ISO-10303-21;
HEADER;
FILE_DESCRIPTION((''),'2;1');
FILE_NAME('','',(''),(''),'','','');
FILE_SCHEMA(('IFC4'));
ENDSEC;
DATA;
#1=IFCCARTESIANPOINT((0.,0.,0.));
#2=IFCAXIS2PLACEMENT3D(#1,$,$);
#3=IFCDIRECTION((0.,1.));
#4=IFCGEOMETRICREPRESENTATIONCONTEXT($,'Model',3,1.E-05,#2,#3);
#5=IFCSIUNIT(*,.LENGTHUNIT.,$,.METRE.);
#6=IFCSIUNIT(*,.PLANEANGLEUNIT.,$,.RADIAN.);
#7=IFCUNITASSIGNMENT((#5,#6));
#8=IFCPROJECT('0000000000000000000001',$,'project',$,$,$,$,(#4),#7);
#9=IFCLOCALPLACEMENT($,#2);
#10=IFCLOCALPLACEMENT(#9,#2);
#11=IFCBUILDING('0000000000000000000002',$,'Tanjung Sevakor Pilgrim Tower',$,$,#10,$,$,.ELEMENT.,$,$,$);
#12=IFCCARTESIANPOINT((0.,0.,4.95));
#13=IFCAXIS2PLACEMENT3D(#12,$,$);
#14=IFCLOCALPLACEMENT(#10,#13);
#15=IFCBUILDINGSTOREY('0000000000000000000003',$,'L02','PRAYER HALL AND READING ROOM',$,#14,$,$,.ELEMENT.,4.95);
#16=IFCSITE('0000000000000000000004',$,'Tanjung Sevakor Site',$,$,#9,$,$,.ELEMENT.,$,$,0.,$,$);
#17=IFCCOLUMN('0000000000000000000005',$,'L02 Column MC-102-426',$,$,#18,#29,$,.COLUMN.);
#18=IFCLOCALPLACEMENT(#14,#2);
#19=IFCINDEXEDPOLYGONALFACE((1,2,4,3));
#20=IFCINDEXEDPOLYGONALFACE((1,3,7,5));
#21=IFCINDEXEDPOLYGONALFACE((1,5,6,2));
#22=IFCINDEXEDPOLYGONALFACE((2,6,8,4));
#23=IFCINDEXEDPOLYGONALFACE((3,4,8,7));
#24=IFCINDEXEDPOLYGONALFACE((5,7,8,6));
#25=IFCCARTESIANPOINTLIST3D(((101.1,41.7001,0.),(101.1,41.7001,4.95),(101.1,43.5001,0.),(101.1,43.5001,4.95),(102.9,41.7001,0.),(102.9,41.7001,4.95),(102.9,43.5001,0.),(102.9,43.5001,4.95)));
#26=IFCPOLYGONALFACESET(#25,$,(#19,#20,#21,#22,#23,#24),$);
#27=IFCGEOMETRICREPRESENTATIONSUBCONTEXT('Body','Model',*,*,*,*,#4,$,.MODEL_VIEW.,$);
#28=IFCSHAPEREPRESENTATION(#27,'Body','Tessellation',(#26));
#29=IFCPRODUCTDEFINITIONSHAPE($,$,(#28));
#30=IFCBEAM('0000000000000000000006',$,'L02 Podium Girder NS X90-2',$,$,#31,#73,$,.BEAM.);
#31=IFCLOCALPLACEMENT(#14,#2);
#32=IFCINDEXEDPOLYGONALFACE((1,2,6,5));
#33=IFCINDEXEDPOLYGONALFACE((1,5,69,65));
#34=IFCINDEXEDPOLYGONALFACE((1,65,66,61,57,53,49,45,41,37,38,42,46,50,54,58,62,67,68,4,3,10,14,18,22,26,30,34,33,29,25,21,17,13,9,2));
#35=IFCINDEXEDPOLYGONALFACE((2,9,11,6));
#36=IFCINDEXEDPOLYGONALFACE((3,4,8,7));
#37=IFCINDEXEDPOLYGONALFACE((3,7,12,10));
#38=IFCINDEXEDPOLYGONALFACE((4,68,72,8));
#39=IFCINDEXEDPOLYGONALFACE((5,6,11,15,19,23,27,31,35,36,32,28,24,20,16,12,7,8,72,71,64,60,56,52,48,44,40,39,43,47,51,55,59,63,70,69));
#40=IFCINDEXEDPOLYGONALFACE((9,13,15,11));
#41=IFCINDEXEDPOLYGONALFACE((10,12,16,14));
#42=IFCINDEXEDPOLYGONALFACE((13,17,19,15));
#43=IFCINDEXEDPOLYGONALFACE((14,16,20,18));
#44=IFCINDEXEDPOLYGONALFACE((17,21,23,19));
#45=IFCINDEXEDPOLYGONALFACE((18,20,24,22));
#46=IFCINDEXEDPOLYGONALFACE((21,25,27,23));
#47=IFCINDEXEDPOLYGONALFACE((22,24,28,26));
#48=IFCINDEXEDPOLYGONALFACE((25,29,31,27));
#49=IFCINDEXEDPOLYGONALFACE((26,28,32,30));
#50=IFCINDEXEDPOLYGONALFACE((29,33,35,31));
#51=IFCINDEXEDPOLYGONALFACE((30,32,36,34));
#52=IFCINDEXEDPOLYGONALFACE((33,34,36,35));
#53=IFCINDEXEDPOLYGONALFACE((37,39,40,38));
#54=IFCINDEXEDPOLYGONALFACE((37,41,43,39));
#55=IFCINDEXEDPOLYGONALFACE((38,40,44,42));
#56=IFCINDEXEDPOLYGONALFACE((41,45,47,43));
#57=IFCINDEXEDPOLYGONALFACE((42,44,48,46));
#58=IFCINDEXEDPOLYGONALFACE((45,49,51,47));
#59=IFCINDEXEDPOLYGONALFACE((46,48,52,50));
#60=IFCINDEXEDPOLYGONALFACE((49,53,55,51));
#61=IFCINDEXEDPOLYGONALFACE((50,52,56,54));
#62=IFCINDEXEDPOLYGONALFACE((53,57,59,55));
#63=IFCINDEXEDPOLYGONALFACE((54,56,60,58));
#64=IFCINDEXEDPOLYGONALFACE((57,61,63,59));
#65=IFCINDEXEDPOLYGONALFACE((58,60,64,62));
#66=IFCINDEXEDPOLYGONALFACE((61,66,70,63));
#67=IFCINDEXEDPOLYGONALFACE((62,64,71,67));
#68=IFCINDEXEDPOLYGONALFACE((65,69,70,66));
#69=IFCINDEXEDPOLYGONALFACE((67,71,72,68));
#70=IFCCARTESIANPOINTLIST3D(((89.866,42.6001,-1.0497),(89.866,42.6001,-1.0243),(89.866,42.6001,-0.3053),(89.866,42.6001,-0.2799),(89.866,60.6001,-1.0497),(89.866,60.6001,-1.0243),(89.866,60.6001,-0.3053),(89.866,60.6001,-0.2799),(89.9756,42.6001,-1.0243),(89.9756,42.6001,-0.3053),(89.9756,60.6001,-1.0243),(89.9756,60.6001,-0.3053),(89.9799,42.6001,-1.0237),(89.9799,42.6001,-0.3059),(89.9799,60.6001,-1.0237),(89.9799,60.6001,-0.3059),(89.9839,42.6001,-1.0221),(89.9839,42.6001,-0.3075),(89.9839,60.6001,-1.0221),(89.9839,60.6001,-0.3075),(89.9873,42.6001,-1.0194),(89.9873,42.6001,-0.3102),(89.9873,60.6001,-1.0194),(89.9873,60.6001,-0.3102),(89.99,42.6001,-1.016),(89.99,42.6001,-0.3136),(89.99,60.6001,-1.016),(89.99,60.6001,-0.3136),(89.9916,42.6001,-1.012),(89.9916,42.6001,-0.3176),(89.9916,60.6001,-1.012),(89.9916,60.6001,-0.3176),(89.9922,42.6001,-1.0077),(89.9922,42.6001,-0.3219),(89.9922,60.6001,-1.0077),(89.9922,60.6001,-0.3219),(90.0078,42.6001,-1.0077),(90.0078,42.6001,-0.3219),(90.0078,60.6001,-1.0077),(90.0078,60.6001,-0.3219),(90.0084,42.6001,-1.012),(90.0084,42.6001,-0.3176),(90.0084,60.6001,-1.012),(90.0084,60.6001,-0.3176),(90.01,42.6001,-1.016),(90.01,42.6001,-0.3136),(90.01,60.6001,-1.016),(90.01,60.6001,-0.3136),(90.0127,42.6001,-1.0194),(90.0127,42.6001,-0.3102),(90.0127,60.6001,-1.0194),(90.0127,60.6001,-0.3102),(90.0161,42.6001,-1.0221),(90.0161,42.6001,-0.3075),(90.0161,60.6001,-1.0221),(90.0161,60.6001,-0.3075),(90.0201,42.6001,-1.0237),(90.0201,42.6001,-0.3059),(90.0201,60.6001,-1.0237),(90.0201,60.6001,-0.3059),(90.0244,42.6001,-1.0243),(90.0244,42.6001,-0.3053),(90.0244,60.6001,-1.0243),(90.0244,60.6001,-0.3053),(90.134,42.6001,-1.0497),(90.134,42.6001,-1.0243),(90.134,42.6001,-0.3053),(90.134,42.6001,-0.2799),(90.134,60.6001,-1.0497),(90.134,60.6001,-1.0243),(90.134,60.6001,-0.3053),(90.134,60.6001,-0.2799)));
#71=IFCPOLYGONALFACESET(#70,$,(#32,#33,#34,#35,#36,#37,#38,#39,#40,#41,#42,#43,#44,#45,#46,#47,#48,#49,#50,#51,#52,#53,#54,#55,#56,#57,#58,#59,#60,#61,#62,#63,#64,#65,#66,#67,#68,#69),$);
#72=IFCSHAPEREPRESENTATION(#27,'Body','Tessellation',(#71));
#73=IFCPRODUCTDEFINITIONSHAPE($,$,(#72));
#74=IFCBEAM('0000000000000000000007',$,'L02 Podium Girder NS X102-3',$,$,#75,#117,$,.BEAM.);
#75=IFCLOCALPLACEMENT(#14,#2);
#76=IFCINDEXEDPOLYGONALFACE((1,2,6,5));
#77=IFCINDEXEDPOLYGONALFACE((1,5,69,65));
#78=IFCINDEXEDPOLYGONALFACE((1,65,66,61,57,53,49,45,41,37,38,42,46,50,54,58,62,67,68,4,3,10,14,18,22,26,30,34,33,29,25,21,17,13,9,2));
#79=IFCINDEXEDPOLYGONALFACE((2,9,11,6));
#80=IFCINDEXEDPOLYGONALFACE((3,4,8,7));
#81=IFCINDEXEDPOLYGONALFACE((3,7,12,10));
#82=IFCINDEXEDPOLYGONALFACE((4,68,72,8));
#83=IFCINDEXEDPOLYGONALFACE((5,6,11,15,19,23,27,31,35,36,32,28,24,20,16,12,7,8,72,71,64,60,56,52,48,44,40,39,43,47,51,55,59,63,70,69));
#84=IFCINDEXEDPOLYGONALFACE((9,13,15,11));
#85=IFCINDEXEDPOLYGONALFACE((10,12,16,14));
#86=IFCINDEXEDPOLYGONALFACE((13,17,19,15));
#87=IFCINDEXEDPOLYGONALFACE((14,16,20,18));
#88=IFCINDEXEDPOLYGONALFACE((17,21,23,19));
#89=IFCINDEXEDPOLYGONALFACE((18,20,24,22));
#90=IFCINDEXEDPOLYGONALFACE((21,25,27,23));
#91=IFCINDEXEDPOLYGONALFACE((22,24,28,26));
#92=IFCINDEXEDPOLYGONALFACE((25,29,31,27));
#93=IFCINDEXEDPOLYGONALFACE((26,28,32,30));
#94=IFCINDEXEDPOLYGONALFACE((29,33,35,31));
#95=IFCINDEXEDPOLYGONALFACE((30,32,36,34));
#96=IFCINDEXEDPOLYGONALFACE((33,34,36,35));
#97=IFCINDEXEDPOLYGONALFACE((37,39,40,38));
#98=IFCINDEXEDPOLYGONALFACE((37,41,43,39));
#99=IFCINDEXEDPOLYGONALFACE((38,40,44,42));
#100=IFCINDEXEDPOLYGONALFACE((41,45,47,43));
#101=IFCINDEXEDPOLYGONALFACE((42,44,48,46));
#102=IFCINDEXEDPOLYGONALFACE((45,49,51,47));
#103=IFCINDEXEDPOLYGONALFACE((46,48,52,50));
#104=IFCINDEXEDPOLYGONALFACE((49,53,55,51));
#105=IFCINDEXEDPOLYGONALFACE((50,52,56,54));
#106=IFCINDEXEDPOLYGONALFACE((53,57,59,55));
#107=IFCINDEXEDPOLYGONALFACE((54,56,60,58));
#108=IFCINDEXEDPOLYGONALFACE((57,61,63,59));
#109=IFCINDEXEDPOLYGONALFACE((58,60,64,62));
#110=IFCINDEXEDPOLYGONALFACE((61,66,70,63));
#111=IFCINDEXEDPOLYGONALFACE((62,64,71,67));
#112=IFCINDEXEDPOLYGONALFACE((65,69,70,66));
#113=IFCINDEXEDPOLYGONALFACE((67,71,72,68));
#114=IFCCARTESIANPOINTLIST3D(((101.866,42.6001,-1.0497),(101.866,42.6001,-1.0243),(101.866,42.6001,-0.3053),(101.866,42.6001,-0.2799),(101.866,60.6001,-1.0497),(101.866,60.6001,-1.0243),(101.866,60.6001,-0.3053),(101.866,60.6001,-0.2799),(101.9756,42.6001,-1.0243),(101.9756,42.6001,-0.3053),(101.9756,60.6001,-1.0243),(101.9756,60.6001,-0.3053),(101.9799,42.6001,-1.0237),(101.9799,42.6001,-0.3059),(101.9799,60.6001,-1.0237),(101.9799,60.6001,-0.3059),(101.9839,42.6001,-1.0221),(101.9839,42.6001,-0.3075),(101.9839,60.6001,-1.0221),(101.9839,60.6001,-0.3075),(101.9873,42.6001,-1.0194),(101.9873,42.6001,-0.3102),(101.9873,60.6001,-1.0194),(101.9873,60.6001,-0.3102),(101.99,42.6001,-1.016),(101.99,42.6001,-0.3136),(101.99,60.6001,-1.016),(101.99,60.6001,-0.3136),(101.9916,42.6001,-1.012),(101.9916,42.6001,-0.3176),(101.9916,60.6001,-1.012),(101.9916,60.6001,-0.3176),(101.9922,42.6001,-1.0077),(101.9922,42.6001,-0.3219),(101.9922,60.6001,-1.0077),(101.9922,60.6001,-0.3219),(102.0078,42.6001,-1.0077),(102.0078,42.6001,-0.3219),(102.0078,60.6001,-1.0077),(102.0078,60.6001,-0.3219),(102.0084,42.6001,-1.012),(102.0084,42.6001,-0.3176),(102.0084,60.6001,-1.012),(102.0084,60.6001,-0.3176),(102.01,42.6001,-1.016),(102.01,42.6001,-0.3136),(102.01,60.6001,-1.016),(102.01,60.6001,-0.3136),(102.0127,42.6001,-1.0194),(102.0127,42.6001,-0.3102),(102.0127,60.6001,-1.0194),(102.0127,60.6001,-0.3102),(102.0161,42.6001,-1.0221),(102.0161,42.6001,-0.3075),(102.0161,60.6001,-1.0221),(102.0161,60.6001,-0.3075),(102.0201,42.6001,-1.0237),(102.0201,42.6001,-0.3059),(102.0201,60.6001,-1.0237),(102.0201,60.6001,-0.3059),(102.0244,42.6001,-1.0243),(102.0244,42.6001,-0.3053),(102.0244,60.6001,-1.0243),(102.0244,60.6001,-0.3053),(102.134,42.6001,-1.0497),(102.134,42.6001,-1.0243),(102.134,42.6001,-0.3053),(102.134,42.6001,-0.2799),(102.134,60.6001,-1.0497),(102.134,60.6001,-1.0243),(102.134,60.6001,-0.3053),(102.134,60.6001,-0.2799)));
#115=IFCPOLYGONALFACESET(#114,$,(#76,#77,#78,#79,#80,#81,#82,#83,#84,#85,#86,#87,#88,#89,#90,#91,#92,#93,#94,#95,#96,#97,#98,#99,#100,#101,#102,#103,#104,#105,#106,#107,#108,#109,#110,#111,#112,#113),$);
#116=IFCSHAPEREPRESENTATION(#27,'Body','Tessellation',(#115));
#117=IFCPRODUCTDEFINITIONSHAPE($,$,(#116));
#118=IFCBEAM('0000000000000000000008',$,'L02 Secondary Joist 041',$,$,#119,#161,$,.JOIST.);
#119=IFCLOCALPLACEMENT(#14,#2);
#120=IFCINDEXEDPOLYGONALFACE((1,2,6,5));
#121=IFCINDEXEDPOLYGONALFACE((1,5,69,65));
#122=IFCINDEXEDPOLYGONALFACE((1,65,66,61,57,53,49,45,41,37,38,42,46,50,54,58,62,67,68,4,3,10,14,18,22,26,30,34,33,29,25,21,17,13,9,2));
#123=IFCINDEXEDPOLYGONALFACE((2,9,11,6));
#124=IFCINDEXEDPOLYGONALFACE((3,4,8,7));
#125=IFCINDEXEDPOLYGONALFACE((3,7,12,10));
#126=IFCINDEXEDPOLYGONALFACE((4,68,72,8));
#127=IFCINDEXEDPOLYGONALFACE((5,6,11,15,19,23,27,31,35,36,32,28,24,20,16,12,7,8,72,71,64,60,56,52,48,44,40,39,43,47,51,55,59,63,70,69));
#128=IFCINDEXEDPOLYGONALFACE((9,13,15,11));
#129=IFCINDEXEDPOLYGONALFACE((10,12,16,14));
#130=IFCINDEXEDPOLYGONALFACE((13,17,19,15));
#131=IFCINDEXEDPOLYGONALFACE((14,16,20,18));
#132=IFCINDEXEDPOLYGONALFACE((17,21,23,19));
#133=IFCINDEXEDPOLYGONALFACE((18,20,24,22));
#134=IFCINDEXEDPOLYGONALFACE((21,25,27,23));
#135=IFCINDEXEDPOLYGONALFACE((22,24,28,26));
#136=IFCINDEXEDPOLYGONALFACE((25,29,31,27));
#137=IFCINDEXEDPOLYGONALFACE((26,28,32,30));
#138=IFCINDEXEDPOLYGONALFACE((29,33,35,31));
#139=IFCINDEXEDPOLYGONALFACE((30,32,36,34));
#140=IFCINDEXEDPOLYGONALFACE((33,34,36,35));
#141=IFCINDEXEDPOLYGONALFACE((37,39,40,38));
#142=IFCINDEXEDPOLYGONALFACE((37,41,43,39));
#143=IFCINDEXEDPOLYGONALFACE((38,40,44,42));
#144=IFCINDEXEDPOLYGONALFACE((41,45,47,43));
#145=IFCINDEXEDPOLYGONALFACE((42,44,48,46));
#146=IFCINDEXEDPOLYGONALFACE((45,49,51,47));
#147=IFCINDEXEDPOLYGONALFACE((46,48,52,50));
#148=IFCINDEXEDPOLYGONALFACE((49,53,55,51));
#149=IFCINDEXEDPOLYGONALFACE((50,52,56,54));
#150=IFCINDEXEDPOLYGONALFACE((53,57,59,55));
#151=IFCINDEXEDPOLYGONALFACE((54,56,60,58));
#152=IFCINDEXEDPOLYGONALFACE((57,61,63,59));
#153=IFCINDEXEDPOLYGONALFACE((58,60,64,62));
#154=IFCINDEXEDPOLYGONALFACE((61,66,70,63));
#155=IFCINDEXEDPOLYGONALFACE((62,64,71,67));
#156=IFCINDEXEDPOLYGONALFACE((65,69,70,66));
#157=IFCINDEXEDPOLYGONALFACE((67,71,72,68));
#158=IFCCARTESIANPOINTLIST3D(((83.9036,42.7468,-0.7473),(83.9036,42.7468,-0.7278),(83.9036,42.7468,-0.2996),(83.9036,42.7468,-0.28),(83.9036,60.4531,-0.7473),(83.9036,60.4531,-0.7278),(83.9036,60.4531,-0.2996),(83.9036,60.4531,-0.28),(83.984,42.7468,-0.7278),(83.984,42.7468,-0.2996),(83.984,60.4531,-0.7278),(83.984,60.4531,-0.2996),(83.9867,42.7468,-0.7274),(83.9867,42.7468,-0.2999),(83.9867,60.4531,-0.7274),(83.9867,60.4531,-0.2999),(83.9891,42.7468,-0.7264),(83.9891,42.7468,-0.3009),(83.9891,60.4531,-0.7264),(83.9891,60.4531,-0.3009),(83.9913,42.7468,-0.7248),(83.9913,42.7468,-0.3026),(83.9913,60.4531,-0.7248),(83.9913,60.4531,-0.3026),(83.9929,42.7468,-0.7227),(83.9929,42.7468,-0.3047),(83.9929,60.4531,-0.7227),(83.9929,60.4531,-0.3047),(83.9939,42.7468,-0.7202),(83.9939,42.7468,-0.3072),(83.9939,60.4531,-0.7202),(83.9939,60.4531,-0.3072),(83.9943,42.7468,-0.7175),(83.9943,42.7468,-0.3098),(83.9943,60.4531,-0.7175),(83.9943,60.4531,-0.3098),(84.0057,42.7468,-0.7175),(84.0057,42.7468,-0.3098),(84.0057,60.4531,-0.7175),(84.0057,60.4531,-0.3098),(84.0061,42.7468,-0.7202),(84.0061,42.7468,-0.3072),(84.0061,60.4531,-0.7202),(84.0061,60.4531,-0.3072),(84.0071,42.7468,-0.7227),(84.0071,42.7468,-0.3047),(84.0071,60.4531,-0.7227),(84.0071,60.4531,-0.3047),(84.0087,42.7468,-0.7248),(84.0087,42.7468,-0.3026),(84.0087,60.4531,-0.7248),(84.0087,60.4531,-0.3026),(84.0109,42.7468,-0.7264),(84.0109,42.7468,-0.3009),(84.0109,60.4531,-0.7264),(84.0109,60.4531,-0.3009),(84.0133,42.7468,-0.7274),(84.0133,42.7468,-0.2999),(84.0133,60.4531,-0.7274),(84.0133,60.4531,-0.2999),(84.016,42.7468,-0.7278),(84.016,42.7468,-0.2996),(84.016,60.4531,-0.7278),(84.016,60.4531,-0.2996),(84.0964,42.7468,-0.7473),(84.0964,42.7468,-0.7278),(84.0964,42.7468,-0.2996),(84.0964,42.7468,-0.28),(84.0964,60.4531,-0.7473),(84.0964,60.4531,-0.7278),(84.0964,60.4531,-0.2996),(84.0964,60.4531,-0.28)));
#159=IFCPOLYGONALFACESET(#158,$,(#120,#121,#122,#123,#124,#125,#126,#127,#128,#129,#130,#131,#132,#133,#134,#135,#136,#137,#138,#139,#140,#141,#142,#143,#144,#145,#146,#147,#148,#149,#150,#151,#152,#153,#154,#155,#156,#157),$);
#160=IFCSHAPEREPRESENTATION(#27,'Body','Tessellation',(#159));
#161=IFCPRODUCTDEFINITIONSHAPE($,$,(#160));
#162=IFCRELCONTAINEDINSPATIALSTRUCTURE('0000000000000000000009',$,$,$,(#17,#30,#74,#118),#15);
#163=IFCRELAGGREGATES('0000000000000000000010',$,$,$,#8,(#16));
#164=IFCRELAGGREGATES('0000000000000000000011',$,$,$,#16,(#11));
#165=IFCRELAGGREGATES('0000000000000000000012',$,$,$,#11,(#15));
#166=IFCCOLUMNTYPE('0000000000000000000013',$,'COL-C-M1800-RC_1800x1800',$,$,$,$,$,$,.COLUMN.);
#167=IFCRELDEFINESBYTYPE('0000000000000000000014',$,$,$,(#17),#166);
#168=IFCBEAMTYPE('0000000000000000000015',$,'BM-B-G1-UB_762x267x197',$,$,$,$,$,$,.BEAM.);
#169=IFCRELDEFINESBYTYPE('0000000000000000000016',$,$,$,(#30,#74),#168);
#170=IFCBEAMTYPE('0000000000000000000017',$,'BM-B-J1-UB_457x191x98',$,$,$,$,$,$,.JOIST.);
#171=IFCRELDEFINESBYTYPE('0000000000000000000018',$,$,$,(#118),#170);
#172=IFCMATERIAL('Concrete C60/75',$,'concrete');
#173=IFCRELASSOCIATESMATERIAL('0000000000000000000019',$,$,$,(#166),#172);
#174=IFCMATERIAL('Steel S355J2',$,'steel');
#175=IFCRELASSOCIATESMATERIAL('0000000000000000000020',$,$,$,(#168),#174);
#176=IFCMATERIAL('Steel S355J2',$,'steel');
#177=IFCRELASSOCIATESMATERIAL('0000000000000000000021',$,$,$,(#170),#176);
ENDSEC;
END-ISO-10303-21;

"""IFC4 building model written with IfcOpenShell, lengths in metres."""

from ifc_helpers import new_model, si_unit, direction, frame, origin, origin_2d, place, context, subcontext, project, spatial, rectangle, i_section, extrude, material, material_profile, profile_set, type_object, element, save


model = new_model("IFC4")

# Units and contexts
model_context = context("Model", 3, precision=1e-05, world=origin(), true_north=direction((0.0, 1.0)))
body_context = subcontext(model_context, "Body", "Model", "MODEL_VIEW")
ifc_project = project(units=[si_unit("LENGTHUNIT", "METRE"), si_unit("PLANEANGLEUNIT", "RADIAN")], contexts=[model_context])

# Site, building, storey
site_placement = place(None, origin())
site = spatial("IfcSite", under=ifc_project, at=site_placement, Name="Tanjung Sevakor Site", CompositionType="ELEMENT", RefElevation=0.0)
building_placement = place(site_placement, origin())
building = spatial("IfcBuilding", under=site, at=building_placement, Name="Tanjung Sevakor Pilgrim Tower", CompositionType="ELEMENT")
storey_placement = place(building_placement, frame((0.0, 0.0, 4.95)))
storey = spatial("IfcBuildingStorey", under=building, at=storey_placement, Name="L02", Description="PRAYER HALL AND READING ROOM", CompositionType="ELEMENT", Elevation=4.95)

# Column
ifc_material_1 = material(Name="Concrete C60/75", Category="concrete")
ifc_material_profile_1 = material_profile(ifc_material_1, rectangle(XDim=1.8, YDim=1.8, at=origin_2d()))
ifc_profile_set_1 = profile_set([ifc_material_profile_1], Name="Concrete C60/75")
column_type = type_object("IfcColumnType", Name="COL-C-M1800-RC_1800x1800", PredefinedType="COLUMN", material=ifc_profile_set_1)
column_placement = place(storey_placement, frame((102.0, 42.6001, 0.0), z_axis=(0.0, 0.0, 1.0), x_axis=(1.0, 0.0, 0.0)))
element("IfcColumn", 1, at=column_placement, inside=storey, type_object=column_type, Name="L02 Column MC-102-426", PredefinedType="COLUMN", context=body_context, shape_type="SweptSolid", body=[
    extrude(rectangle(XDim=1.8, YDim=1.8, at=origin_2d()), origin(), (0.0, 0.0, 1.0), 4.95),
])

# Beams
ifc_material_2 = material(Name="Steel S355J2", Category="steel")
ifc_material_profile_2 = material_profile(ifc_material_2, i_section(OverallWidth=0.2681, OverallDepth=0.7698, WebThickness=0.0156, FlangeThickness=0.0254, FilletRadius=0.0166, at=origin_2d()))
ifc_profile_set_2 = profile_set([ifc_material_profile_2], Name="Steel S355J2")
beam_type_1 = type_object("IfcBeamType", Name="BM-B-G1-UB_762x267x197", PredefinedType="BEAM", material=ifc_profile_set_2)
for number, where, z_axis, x_axis, name in (
    (2, (90.0, 42.6001, -0.6648), (0.0, 1.0, 0.0), (-1.0, 0.0, 0.0), "L02 Podium Girder NS X90-2"),
    (3, (102.0, 42.6001, -0.6648), (0.0, 1.0, 0.0), (-1.0, 0.0, 0.0), "L02 Podium Girder NS X102-3"),
):
    element("IfcBeam", number, at=place(storey_placement, frame(where, z_axis=z_axis, x_axis=x_axis)), inside=storey, type_object=beam_type_1, Name=name, PredefinedType="BEAM", context=body_context, shape_type="SweptSolid", body=[
        extrude(i_section(OverallWidth=0.2681, OverallDepth=0.7698, WebThickness=0.0156, FlangeThickness=0.0254, FilletRadius=0.0166, at=origin_2d()), origin(), (0.0, 0.0, 1.0), 18.0),
    ])
ifc_material_3 = material(Name="Steel S355J2", Category="steel")
ifc_material_profile_3 = material_profile(ifc_material_3, i_section(OverallWidth=0.1929, OverallDepth=0.4673, WebThickness=0.0115, FlangeThickness=0.0195, FilletRadius=0.0103, at=origin_2d()))
ifc_profile_set_3 = profile_set([ifc_material_profile_3], Name="Steel S355J2")
beam_type_2 = type_object("IfcBeamType", Name="BM-B-J1-UB_457x191x98", PredefinedType="JOIST", material=ifc_profile_set_3)
for number, where, z_axis, x_axis, name in (
    (4, (84.0, 42.7468, -0.5137), (0.0, 1.0, 0.0), (-1.0, 0.0, 0.0), "L02 Secondary Joist 041"),
):
    element("IfcBeam", number, at=place(storey_placement, frame(where, z_axis=z_axis, x_axis=x_axis)), inside=storey, type_object=beam_type_2, Name=name, PredefinedType="JOIST", context=body_context, shape_type="SweptSolid", body=[
        extrude(i_section(OverallWidth=0.1929, OverallDepth=0.4673, WebThickness=0.0115, FlangeThickness=0.0195, FilletRadius=0.0103, at=origin_2d()), origin(), (0.0, 0.0, 1.0), 17.7063),
    ])

save(model, "model.ifc")
